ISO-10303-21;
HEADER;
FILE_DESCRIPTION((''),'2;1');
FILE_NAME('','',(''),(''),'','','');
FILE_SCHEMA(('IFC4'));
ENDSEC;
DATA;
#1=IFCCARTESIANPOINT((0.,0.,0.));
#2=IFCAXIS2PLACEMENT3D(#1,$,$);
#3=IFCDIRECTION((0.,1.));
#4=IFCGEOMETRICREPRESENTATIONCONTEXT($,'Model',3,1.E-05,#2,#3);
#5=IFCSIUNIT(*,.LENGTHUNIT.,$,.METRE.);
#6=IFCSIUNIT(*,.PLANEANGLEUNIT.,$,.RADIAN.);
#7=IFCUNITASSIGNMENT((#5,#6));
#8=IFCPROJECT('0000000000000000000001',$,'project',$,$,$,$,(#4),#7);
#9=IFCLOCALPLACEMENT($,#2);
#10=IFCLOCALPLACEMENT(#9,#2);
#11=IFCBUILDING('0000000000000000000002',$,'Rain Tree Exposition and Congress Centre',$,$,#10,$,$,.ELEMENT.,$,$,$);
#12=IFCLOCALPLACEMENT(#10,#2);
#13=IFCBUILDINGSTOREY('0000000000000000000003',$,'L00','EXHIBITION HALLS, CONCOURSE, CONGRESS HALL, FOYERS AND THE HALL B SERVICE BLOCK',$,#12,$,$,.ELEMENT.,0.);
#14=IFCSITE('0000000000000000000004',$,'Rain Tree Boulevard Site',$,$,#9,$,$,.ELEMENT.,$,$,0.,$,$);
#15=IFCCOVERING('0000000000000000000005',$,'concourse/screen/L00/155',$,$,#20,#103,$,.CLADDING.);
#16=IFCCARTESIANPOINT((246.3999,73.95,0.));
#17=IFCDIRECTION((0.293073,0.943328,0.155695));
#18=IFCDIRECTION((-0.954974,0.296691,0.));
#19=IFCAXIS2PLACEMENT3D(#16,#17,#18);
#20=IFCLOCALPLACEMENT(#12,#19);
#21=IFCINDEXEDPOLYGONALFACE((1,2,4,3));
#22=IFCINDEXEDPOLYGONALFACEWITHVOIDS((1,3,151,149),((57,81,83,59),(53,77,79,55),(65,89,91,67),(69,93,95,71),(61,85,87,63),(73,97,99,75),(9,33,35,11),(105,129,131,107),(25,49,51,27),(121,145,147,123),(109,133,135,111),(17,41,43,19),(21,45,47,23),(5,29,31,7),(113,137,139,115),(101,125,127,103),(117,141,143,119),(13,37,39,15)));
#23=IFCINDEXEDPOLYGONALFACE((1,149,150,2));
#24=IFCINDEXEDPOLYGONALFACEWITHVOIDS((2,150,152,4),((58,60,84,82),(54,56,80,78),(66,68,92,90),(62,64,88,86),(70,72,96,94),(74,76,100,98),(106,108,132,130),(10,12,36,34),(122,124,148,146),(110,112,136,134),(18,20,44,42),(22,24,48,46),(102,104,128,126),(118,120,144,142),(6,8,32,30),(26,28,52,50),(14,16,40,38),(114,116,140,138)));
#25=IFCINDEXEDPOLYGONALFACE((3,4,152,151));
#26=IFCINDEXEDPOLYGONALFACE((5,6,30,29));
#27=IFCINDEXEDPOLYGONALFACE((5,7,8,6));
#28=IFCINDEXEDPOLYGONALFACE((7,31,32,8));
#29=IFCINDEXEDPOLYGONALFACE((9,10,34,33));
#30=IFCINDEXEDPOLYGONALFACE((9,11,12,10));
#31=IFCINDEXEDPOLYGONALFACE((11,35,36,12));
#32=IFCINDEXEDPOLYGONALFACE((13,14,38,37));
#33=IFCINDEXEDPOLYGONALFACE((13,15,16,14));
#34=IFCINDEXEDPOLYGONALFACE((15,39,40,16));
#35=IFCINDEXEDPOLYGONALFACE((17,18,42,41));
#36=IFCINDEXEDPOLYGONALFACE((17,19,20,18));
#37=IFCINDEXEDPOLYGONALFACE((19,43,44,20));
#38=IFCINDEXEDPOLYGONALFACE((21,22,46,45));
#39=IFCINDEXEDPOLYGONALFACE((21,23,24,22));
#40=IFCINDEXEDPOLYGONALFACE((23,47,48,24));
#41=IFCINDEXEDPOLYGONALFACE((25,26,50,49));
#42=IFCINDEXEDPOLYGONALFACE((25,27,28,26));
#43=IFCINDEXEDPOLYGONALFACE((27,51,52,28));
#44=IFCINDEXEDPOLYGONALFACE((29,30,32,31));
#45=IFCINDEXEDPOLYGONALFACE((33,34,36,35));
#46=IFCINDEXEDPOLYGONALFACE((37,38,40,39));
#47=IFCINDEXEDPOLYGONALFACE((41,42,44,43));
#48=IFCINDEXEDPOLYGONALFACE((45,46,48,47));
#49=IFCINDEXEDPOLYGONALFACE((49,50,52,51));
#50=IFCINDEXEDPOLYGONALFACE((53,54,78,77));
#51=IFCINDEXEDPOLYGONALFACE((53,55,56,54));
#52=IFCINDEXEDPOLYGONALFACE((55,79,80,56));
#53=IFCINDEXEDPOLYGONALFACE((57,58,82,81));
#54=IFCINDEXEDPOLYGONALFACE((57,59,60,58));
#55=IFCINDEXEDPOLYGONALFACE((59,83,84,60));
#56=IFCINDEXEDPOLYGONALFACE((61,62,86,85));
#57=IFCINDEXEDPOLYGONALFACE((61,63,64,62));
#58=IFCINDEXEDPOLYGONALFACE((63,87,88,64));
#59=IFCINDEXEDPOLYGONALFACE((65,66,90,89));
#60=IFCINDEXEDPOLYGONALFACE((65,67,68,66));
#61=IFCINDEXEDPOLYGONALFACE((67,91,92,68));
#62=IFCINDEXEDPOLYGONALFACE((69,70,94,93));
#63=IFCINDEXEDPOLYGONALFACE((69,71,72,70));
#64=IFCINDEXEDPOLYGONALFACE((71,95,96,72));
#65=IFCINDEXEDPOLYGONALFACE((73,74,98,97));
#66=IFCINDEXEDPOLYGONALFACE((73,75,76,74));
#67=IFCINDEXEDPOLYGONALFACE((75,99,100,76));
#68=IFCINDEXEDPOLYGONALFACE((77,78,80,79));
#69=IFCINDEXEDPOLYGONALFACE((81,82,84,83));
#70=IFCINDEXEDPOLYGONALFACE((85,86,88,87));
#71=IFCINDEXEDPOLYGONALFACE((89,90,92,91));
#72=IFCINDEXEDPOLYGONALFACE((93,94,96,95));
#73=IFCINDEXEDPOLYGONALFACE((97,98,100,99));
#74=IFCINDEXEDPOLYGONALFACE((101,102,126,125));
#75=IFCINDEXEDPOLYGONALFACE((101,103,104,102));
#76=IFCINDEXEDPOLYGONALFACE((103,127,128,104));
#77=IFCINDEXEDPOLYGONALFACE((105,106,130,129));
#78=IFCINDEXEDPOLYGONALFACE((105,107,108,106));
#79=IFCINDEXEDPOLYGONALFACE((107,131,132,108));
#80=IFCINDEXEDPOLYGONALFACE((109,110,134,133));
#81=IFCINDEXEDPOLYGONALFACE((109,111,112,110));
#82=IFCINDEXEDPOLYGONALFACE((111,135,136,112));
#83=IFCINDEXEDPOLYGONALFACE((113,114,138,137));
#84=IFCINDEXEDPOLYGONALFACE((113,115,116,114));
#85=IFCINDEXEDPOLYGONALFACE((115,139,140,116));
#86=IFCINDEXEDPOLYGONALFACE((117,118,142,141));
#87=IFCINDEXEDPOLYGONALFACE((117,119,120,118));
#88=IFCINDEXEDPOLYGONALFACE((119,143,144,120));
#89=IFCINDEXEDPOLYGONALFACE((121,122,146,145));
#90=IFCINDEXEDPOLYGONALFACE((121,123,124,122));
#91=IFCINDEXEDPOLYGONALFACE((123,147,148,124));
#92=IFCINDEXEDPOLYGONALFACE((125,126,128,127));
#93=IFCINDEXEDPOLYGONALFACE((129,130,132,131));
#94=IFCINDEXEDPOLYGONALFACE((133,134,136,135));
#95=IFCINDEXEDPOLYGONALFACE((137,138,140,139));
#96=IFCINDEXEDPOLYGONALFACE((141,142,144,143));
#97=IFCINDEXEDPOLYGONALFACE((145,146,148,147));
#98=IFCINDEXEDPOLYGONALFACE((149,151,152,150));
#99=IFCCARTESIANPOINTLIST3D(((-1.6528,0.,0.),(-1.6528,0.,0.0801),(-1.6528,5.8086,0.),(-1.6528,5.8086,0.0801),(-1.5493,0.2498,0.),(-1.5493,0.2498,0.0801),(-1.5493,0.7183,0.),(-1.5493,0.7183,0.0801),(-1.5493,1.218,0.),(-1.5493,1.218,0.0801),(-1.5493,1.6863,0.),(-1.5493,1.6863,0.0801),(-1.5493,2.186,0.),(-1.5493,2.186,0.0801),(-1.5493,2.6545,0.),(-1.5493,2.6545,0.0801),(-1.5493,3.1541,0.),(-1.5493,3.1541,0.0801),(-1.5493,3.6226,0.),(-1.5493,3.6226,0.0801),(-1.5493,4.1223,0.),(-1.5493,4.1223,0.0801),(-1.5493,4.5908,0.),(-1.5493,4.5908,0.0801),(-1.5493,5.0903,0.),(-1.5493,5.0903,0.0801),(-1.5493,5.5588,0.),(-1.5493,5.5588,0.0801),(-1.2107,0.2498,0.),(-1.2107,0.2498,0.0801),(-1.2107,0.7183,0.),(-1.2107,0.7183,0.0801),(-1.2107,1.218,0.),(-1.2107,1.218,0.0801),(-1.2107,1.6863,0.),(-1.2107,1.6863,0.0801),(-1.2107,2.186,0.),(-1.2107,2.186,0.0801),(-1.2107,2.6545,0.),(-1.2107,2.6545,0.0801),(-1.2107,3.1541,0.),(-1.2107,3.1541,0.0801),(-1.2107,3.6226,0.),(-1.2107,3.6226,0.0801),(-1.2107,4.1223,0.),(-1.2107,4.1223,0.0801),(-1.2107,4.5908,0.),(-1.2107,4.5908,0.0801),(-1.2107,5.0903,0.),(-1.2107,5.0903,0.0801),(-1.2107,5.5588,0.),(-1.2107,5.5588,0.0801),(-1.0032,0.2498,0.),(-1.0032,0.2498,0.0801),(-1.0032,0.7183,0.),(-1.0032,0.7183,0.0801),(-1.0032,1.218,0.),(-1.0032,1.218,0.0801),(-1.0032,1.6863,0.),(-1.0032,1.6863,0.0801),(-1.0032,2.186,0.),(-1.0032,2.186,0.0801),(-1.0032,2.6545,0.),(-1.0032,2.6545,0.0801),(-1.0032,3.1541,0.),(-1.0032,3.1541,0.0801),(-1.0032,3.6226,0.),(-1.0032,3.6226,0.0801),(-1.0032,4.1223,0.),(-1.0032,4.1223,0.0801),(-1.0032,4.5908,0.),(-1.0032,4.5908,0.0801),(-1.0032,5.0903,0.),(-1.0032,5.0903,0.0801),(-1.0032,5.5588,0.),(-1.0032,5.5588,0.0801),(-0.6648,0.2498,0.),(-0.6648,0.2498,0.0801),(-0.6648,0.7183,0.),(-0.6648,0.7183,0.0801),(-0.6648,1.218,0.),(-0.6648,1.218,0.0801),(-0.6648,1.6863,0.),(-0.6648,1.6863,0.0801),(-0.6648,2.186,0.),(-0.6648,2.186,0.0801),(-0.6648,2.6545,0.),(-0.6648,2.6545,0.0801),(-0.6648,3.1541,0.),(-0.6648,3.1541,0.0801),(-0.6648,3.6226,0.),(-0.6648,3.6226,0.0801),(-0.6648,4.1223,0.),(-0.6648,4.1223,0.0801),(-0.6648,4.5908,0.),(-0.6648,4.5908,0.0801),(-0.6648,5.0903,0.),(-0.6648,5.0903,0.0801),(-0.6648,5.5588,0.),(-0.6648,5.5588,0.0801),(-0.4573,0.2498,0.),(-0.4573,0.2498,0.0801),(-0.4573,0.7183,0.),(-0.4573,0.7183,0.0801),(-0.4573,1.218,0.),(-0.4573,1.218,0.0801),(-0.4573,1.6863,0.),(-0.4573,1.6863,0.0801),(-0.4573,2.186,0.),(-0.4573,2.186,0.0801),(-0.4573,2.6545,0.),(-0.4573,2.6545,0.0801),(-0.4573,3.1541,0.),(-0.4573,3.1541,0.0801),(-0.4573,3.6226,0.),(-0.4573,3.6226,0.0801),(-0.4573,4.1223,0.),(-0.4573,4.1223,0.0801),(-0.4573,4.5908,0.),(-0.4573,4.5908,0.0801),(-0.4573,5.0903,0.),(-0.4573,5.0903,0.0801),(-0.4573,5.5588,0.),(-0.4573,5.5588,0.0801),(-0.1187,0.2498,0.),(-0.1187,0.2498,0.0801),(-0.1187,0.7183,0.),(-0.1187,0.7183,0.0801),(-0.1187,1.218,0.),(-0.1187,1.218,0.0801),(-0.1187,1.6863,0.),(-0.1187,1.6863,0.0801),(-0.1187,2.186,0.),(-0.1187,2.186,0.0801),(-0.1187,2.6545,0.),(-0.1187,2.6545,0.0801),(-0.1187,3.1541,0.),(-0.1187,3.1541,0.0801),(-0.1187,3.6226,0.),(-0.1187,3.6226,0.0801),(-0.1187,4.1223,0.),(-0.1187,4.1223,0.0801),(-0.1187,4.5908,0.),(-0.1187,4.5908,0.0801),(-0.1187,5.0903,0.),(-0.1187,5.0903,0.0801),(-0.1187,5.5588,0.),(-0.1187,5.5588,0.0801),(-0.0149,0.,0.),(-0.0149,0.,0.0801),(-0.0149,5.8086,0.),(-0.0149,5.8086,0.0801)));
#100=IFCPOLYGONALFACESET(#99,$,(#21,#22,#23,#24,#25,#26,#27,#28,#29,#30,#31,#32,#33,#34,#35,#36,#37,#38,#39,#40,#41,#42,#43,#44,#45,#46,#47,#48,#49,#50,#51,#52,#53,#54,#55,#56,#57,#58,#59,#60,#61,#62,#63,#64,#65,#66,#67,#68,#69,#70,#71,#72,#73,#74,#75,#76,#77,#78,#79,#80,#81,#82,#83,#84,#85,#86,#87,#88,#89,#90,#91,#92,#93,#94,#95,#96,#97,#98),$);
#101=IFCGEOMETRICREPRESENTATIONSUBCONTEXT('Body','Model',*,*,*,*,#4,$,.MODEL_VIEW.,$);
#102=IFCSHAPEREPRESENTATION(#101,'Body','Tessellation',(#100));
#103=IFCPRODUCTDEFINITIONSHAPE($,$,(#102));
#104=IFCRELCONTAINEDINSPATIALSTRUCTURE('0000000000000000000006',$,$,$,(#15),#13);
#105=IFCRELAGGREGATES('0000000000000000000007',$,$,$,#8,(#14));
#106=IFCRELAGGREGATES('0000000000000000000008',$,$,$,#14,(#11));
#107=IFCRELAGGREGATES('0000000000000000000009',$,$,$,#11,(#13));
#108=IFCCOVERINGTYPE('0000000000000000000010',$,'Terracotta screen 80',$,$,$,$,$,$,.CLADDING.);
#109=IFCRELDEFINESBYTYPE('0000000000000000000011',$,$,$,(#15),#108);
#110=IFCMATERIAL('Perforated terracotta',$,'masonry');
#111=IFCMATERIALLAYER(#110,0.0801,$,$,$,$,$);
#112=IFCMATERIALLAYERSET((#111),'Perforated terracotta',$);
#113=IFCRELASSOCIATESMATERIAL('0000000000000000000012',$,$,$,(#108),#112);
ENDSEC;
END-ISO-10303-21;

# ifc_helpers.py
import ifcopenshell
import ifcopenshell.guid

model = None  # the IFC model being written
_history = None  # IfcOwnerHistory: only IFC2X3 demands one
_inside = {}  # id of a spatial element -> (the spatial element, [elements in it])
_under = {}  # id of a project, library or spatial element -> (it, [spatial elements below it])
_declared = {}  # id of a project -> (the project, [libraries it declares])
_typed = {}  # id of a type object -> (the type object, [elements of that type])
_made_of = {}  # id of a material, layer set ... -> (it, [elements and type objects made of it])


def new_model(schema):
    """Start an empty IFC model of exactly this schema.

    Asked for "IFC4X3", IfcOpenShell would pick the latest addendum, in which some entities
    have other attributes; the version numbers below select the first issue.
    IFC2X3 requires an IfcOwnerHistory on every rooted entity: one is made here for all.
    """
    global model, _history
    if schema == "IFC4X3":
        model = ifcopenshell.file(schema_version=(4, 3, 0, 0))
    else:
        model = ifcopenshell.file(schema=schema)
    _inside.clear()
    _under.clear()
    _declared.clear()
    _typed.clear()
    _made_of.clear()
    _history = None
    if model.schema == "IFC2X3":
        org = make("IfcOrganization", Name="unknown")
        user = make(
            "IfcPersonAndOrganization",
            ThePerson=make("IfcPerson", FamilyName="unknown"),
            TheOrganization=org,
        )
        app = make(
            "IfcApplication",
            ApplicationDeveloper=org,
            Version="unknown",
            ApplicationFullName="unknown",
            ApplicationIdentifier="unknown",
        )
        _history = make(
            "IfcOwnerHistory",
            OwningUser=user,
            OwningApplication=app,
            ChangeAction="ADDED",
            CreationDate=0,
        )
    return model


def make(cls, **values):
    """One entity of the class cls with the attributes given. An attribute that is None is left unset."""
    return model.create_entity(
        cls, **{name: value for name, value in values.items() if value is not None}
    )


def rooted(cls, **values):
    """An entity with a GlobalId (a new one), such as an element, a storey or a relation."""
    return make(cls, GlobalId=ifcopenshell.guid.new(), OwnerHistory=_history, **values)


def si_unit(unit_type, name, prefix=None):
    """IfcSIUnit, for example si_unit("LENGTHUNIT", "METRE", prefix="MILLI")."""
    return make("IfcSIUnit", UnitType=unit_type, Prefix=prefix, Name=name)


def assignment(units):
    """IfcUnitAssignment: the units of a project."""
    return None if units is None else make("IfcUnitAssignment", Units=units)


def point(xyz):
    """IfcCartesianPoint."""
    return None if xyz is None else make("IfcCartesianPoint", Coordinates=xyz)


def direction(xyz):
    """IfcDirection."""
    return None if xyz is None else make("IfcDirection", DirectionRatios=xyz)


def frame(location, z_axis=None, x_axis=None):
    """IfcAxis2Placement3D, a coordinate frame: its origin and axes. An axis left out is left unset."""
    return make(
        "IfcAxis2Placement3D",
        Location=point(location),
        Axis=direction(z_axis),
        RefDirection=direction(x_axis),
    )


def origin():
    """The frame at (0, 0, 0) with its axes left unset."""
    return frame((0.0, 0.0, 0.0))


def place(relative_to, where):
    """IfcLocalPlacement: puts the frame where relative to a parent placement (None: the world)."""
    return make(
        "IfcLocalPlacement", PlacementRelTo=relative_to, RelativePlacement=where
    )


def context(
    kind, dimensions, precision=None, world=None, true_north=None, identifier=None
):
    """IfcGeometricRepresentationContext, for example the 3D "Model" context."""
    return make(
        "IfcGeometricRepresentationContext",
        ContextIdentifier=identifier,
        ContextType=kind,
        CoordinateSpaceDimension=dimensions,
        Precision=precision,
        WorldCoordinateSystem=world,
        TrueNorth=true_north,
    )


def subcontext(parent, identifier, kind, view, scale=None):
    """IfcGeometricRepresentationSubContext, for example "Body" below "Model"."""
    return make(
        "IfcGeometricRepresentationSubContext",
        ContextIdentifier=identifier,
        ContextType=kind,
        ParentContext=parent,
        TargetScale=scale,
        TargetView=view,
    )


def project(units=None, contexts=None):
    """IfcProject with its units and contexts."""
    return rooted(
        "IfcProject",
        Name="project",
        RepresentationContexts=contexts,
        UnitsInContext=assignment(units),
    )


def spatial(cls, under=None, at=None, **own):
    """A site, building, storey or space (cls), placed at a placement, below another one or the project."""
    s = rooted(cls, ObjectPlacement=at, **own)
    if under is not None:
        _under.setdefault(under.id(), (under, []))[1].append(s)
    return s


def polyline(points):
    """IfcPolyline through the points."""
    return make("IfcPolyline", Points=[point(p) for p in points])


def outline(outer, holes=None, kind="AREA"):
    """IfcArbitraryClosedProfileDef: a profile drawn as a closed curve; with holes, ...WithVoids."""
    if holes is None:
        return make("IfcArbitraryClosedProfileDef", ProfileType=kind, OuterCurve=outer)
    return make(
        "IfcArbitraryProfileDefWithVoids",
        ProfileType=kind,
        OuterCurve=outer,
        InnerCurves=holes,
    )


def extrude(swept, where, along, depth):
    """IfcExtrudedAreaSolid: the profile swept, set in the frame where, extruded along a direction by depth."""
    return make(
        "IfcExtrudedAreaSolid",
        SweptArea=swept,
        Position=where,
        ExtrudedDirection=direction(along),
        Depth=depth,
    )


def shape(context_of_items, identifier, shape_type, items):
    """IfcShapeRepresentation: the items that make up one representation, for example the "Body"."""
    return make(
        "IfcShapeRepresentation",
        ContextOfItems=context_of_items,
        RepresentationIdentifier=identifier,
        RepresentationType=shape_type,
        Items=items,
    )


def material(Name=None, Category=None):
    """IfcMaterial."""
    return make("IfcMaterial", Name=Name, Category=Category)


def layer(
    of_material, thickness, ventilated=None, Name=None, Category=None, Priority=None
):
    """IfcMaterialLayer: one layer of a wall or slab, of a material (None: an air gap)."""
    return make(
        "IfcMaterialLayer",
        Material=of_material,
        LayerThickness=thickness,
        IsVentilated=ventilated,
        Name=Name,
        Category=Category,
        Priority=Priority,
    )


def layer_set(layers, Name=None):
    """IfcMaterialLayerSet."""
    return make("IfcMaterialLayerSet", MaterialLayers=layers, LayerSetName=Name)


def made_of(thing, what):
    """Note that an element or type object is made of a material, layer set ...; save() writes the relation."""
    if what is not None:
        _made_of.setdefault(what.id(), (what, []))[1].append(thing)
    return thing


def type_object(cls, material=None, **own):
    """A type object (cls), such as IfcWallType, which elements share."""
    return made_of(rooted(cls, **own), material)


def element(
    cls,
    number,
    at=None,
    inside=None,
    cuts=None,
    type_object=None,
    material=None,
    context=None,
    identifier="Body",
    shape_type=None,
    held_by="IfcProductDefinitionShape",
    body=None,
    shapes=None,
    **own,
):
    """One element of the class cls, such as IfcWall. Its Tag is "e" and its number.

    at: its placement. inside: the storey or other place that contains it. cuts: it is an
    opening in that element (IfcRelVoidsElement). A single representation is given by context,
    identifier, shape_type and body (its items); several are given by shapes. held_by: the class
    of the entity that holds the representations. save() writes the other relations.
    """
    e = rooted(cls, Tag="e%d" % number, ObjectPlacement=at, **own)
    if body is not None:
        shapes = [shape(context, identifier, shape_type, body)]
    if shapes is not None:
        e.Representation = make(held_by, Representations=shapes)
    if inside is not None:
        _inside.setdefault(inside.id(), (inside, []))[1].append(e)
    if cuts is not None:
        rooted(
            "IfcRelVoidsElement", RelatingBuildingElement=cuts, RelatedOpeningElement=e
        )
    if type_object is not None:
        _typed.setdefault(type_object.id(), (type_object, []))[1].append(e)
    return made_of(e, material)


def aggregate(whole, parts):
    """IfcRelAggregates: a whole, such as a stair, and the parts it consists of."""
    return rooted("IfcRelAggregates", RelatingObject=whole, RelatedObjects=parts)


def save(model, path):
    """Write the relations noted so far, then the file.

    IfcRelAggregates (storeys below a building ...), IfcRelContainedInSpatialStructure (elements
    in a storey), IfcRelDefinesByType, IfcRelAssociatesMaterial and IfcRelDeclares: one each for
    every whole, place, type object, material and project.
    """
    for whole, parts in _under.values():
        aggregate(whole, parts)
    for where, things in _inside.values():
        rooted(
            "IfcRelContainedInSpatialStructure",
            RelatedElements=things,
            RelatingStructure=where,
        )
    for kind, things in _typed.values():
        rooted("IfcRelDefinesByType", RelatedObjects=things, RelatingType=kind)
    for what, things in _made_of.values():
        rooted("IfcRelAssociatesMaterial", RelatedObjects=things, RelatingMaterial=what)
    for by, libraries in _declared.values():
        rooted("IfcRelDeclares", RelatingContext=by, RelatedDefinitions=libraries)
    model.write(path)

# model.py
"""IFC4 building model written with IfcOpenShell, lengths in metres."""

from ifc_helpers import new_model, si_unit, direction, frame, origin, place, context, subcontext, project, spatial, polyline, outline, extrude, material, layer, layer_set, type_object, element, save


model = new_model("IFC4")

# Units and contexts
model_context = context("Model", 3, precision=1e-05, world=origin(), true_north=direction((0.0, 1.0)))
body_context = subcontext(model_context, "Body", "Model", "MODEL_VIEW")
ifc_project = project(units=[si_unit("LENGTHUNIT", "METRE"), si_unit("PLANEANGLEUNIT", "RADIAN")], contexts=[model_context])

# Site, building, storey
site_placement = place(None, origin())
site = spatial("IfcSite", under=ifc_project, at=site_placement, Name="Rain Tree Boulevard Site", CompositionType="ELEMENT", RefElevation=0.0)
building_placement = place(site_placement, origin())
building = spatial("IfcBuilding", under=site, at=building_placement, Name="Rain Tree Exposition and Congress Centre", CompositionType="ELEMENT")
storey_placement = place(building_placement, origin())
storey = spatial("IfcBuildingStorey", under=building, at=storey_placement, Name="L00", Description="EXHIBITION HALLS, CONCOURSE, CONGRESS HALL, FOYERS AND THE HALL B SERVICE BLOCK", CompositionType="ELEMENT", Elevation=0.0)

# Covering
ifc_material_1 = material(Name="Perforated terracotta", Category="masonry")
ifc_layer_1 = layer(ifc_material_1, 0.0801)
ifc_layer_set_1 = layer_set([ifc_layer_1], Name="Perforated terracotta")
covering_type = type_object("IfcCoveringType", Name="Terracotta screen 80", PredefinedType="CLADDING", material=ifc_layer_set_1)
covering_1_placement = place(storey_placement, frame((246.3999, 73.95, 0.0), z_axis=(0.293073, 0.943328, 0.155695), x_axis=(-0.954974, 0.296691, 0.0)))
element("IfcCovering", 1, at=covering_1_placement, inside=storey, type_object=covering_type, Name="concourse/screen/L00/155", PredefinedType="CLADDING", context=body_context, shape_type="SweptSolid", body=[
    extrude(outline(polyline([(-0.0149, 0.0), (-1.6528, 0.0), (-1.6528, 5.8086), (-0.0149, 5.8086), (-0.0149, 0.0)]), holes=[polyline([(-0.1187, 0.2498), (-0.1187, 0.7183), (-0.4573, 0.7183), (-0.4573, 0.2498), (-0.1187, 0.2498)]), polyline([(-0.1187, 1.218), (-0.1187, 1.6863), (-0.4573, 1.6863), (-0.4573, 1.218), (-0.1187, 1.218)]), polyline([(-0.1187, 2.186), (-0.1187, 2.6545), (-0.4573, 2.6545), (-0.4573, 2.186), (-0.1187, 2.186)]), polyline([(-0.1187, 3.1541), (-0.1187, 3.6226), (-0.4573, 3.6226), (-0.4573, 3.1541), (-0.1187, 3.1541)]), polyline([(-0.1187, 4.1223), (-0.1187, 4.5908), (-0.4573, 4.5908), (-0.4573, 4.1223), (-0.1187, 4.1223)]), polyline([(-0.1187, 5.0903), (-0.1187, 5.5588), (-0.4573, 5.5588), (-0.4573, 5.0903), (-0.1187, 5.0903)]), polyline([(-0.6648, 0.2498), (-0.6648, 0.7183), (-1.0032, 0.7183), (-1.0032, 0.2498), (-0.6648, 0.2498)]), polyline([(-0.6648, 1.218), (-0.6648, 1.6863), (-1.0032, 1.6863), (-1.0032, 1.218), (-0.6648, 1.218)]), polyline([(-0.6648, 2.186), (-0.6648, 2.6545), (-1.0032, 2.6545), (-1.0032, 2.186), (-0.6648, 2.186)]), polyline([(-0.6648, 3.1541), (-0.6648, 3.6226), (-1.0032, 3.6226), (-1.0032, 3.1541), (-0.6648, 3.1541)]), polyline([(-0.6648, 4.1223), (-0.6648, 4.5908), (-1.0032, 4.5908), (-1.0032, 4.1223), (-0.6648, 4.1223)]), polyline([(-0.6648, 5.0903), (-0.6648, 5.5588), (-1.0032, 5.5588), (-1.0032, 5.0903), (-0.6648, 5.0903)]), polyline([(-1.2107, 0.2498), (-1.2107, 0.7183), (-1.5493, 0.7183), (-1.5493, 0.2498), (-1.2107, 0.2498)]), polyline([(-1.2107, 1.218), (-1.2107, 1.6863), (-1.5493, 1.6863), (-1.5493, 1.218), (-1.2107, 1.218)]), polyline([(-1.2107, 2.186), (-1.2107, 2.6545), (-1.5493, 2.6545), (-1.5493, 2.186), (-1.2107, 2.186)]), polyline([(-1.2107, 3.1541), (-1.2107, 3.6226), (-1.5493, 3.6226), (-1.5493, 3.1541), (-1.2107, 3.1541)]), polyline([(-1.2107, 4.1223), (-1.2107, 4.5908), (-1.5493, 4.5908), (-1.5493, 4.1223), (-1.2107, 4.1223)]), polyline([(-1.2107, 5.0903), (-1.2107, 5.5588), (-1.5493, 5.5588), (-1.5493, 5.0903), (-1.2107, 5.0903)])]), origin(), (0.0, 0.0, 1.0), 0.0801),
])

save(model, "model.ifc")
